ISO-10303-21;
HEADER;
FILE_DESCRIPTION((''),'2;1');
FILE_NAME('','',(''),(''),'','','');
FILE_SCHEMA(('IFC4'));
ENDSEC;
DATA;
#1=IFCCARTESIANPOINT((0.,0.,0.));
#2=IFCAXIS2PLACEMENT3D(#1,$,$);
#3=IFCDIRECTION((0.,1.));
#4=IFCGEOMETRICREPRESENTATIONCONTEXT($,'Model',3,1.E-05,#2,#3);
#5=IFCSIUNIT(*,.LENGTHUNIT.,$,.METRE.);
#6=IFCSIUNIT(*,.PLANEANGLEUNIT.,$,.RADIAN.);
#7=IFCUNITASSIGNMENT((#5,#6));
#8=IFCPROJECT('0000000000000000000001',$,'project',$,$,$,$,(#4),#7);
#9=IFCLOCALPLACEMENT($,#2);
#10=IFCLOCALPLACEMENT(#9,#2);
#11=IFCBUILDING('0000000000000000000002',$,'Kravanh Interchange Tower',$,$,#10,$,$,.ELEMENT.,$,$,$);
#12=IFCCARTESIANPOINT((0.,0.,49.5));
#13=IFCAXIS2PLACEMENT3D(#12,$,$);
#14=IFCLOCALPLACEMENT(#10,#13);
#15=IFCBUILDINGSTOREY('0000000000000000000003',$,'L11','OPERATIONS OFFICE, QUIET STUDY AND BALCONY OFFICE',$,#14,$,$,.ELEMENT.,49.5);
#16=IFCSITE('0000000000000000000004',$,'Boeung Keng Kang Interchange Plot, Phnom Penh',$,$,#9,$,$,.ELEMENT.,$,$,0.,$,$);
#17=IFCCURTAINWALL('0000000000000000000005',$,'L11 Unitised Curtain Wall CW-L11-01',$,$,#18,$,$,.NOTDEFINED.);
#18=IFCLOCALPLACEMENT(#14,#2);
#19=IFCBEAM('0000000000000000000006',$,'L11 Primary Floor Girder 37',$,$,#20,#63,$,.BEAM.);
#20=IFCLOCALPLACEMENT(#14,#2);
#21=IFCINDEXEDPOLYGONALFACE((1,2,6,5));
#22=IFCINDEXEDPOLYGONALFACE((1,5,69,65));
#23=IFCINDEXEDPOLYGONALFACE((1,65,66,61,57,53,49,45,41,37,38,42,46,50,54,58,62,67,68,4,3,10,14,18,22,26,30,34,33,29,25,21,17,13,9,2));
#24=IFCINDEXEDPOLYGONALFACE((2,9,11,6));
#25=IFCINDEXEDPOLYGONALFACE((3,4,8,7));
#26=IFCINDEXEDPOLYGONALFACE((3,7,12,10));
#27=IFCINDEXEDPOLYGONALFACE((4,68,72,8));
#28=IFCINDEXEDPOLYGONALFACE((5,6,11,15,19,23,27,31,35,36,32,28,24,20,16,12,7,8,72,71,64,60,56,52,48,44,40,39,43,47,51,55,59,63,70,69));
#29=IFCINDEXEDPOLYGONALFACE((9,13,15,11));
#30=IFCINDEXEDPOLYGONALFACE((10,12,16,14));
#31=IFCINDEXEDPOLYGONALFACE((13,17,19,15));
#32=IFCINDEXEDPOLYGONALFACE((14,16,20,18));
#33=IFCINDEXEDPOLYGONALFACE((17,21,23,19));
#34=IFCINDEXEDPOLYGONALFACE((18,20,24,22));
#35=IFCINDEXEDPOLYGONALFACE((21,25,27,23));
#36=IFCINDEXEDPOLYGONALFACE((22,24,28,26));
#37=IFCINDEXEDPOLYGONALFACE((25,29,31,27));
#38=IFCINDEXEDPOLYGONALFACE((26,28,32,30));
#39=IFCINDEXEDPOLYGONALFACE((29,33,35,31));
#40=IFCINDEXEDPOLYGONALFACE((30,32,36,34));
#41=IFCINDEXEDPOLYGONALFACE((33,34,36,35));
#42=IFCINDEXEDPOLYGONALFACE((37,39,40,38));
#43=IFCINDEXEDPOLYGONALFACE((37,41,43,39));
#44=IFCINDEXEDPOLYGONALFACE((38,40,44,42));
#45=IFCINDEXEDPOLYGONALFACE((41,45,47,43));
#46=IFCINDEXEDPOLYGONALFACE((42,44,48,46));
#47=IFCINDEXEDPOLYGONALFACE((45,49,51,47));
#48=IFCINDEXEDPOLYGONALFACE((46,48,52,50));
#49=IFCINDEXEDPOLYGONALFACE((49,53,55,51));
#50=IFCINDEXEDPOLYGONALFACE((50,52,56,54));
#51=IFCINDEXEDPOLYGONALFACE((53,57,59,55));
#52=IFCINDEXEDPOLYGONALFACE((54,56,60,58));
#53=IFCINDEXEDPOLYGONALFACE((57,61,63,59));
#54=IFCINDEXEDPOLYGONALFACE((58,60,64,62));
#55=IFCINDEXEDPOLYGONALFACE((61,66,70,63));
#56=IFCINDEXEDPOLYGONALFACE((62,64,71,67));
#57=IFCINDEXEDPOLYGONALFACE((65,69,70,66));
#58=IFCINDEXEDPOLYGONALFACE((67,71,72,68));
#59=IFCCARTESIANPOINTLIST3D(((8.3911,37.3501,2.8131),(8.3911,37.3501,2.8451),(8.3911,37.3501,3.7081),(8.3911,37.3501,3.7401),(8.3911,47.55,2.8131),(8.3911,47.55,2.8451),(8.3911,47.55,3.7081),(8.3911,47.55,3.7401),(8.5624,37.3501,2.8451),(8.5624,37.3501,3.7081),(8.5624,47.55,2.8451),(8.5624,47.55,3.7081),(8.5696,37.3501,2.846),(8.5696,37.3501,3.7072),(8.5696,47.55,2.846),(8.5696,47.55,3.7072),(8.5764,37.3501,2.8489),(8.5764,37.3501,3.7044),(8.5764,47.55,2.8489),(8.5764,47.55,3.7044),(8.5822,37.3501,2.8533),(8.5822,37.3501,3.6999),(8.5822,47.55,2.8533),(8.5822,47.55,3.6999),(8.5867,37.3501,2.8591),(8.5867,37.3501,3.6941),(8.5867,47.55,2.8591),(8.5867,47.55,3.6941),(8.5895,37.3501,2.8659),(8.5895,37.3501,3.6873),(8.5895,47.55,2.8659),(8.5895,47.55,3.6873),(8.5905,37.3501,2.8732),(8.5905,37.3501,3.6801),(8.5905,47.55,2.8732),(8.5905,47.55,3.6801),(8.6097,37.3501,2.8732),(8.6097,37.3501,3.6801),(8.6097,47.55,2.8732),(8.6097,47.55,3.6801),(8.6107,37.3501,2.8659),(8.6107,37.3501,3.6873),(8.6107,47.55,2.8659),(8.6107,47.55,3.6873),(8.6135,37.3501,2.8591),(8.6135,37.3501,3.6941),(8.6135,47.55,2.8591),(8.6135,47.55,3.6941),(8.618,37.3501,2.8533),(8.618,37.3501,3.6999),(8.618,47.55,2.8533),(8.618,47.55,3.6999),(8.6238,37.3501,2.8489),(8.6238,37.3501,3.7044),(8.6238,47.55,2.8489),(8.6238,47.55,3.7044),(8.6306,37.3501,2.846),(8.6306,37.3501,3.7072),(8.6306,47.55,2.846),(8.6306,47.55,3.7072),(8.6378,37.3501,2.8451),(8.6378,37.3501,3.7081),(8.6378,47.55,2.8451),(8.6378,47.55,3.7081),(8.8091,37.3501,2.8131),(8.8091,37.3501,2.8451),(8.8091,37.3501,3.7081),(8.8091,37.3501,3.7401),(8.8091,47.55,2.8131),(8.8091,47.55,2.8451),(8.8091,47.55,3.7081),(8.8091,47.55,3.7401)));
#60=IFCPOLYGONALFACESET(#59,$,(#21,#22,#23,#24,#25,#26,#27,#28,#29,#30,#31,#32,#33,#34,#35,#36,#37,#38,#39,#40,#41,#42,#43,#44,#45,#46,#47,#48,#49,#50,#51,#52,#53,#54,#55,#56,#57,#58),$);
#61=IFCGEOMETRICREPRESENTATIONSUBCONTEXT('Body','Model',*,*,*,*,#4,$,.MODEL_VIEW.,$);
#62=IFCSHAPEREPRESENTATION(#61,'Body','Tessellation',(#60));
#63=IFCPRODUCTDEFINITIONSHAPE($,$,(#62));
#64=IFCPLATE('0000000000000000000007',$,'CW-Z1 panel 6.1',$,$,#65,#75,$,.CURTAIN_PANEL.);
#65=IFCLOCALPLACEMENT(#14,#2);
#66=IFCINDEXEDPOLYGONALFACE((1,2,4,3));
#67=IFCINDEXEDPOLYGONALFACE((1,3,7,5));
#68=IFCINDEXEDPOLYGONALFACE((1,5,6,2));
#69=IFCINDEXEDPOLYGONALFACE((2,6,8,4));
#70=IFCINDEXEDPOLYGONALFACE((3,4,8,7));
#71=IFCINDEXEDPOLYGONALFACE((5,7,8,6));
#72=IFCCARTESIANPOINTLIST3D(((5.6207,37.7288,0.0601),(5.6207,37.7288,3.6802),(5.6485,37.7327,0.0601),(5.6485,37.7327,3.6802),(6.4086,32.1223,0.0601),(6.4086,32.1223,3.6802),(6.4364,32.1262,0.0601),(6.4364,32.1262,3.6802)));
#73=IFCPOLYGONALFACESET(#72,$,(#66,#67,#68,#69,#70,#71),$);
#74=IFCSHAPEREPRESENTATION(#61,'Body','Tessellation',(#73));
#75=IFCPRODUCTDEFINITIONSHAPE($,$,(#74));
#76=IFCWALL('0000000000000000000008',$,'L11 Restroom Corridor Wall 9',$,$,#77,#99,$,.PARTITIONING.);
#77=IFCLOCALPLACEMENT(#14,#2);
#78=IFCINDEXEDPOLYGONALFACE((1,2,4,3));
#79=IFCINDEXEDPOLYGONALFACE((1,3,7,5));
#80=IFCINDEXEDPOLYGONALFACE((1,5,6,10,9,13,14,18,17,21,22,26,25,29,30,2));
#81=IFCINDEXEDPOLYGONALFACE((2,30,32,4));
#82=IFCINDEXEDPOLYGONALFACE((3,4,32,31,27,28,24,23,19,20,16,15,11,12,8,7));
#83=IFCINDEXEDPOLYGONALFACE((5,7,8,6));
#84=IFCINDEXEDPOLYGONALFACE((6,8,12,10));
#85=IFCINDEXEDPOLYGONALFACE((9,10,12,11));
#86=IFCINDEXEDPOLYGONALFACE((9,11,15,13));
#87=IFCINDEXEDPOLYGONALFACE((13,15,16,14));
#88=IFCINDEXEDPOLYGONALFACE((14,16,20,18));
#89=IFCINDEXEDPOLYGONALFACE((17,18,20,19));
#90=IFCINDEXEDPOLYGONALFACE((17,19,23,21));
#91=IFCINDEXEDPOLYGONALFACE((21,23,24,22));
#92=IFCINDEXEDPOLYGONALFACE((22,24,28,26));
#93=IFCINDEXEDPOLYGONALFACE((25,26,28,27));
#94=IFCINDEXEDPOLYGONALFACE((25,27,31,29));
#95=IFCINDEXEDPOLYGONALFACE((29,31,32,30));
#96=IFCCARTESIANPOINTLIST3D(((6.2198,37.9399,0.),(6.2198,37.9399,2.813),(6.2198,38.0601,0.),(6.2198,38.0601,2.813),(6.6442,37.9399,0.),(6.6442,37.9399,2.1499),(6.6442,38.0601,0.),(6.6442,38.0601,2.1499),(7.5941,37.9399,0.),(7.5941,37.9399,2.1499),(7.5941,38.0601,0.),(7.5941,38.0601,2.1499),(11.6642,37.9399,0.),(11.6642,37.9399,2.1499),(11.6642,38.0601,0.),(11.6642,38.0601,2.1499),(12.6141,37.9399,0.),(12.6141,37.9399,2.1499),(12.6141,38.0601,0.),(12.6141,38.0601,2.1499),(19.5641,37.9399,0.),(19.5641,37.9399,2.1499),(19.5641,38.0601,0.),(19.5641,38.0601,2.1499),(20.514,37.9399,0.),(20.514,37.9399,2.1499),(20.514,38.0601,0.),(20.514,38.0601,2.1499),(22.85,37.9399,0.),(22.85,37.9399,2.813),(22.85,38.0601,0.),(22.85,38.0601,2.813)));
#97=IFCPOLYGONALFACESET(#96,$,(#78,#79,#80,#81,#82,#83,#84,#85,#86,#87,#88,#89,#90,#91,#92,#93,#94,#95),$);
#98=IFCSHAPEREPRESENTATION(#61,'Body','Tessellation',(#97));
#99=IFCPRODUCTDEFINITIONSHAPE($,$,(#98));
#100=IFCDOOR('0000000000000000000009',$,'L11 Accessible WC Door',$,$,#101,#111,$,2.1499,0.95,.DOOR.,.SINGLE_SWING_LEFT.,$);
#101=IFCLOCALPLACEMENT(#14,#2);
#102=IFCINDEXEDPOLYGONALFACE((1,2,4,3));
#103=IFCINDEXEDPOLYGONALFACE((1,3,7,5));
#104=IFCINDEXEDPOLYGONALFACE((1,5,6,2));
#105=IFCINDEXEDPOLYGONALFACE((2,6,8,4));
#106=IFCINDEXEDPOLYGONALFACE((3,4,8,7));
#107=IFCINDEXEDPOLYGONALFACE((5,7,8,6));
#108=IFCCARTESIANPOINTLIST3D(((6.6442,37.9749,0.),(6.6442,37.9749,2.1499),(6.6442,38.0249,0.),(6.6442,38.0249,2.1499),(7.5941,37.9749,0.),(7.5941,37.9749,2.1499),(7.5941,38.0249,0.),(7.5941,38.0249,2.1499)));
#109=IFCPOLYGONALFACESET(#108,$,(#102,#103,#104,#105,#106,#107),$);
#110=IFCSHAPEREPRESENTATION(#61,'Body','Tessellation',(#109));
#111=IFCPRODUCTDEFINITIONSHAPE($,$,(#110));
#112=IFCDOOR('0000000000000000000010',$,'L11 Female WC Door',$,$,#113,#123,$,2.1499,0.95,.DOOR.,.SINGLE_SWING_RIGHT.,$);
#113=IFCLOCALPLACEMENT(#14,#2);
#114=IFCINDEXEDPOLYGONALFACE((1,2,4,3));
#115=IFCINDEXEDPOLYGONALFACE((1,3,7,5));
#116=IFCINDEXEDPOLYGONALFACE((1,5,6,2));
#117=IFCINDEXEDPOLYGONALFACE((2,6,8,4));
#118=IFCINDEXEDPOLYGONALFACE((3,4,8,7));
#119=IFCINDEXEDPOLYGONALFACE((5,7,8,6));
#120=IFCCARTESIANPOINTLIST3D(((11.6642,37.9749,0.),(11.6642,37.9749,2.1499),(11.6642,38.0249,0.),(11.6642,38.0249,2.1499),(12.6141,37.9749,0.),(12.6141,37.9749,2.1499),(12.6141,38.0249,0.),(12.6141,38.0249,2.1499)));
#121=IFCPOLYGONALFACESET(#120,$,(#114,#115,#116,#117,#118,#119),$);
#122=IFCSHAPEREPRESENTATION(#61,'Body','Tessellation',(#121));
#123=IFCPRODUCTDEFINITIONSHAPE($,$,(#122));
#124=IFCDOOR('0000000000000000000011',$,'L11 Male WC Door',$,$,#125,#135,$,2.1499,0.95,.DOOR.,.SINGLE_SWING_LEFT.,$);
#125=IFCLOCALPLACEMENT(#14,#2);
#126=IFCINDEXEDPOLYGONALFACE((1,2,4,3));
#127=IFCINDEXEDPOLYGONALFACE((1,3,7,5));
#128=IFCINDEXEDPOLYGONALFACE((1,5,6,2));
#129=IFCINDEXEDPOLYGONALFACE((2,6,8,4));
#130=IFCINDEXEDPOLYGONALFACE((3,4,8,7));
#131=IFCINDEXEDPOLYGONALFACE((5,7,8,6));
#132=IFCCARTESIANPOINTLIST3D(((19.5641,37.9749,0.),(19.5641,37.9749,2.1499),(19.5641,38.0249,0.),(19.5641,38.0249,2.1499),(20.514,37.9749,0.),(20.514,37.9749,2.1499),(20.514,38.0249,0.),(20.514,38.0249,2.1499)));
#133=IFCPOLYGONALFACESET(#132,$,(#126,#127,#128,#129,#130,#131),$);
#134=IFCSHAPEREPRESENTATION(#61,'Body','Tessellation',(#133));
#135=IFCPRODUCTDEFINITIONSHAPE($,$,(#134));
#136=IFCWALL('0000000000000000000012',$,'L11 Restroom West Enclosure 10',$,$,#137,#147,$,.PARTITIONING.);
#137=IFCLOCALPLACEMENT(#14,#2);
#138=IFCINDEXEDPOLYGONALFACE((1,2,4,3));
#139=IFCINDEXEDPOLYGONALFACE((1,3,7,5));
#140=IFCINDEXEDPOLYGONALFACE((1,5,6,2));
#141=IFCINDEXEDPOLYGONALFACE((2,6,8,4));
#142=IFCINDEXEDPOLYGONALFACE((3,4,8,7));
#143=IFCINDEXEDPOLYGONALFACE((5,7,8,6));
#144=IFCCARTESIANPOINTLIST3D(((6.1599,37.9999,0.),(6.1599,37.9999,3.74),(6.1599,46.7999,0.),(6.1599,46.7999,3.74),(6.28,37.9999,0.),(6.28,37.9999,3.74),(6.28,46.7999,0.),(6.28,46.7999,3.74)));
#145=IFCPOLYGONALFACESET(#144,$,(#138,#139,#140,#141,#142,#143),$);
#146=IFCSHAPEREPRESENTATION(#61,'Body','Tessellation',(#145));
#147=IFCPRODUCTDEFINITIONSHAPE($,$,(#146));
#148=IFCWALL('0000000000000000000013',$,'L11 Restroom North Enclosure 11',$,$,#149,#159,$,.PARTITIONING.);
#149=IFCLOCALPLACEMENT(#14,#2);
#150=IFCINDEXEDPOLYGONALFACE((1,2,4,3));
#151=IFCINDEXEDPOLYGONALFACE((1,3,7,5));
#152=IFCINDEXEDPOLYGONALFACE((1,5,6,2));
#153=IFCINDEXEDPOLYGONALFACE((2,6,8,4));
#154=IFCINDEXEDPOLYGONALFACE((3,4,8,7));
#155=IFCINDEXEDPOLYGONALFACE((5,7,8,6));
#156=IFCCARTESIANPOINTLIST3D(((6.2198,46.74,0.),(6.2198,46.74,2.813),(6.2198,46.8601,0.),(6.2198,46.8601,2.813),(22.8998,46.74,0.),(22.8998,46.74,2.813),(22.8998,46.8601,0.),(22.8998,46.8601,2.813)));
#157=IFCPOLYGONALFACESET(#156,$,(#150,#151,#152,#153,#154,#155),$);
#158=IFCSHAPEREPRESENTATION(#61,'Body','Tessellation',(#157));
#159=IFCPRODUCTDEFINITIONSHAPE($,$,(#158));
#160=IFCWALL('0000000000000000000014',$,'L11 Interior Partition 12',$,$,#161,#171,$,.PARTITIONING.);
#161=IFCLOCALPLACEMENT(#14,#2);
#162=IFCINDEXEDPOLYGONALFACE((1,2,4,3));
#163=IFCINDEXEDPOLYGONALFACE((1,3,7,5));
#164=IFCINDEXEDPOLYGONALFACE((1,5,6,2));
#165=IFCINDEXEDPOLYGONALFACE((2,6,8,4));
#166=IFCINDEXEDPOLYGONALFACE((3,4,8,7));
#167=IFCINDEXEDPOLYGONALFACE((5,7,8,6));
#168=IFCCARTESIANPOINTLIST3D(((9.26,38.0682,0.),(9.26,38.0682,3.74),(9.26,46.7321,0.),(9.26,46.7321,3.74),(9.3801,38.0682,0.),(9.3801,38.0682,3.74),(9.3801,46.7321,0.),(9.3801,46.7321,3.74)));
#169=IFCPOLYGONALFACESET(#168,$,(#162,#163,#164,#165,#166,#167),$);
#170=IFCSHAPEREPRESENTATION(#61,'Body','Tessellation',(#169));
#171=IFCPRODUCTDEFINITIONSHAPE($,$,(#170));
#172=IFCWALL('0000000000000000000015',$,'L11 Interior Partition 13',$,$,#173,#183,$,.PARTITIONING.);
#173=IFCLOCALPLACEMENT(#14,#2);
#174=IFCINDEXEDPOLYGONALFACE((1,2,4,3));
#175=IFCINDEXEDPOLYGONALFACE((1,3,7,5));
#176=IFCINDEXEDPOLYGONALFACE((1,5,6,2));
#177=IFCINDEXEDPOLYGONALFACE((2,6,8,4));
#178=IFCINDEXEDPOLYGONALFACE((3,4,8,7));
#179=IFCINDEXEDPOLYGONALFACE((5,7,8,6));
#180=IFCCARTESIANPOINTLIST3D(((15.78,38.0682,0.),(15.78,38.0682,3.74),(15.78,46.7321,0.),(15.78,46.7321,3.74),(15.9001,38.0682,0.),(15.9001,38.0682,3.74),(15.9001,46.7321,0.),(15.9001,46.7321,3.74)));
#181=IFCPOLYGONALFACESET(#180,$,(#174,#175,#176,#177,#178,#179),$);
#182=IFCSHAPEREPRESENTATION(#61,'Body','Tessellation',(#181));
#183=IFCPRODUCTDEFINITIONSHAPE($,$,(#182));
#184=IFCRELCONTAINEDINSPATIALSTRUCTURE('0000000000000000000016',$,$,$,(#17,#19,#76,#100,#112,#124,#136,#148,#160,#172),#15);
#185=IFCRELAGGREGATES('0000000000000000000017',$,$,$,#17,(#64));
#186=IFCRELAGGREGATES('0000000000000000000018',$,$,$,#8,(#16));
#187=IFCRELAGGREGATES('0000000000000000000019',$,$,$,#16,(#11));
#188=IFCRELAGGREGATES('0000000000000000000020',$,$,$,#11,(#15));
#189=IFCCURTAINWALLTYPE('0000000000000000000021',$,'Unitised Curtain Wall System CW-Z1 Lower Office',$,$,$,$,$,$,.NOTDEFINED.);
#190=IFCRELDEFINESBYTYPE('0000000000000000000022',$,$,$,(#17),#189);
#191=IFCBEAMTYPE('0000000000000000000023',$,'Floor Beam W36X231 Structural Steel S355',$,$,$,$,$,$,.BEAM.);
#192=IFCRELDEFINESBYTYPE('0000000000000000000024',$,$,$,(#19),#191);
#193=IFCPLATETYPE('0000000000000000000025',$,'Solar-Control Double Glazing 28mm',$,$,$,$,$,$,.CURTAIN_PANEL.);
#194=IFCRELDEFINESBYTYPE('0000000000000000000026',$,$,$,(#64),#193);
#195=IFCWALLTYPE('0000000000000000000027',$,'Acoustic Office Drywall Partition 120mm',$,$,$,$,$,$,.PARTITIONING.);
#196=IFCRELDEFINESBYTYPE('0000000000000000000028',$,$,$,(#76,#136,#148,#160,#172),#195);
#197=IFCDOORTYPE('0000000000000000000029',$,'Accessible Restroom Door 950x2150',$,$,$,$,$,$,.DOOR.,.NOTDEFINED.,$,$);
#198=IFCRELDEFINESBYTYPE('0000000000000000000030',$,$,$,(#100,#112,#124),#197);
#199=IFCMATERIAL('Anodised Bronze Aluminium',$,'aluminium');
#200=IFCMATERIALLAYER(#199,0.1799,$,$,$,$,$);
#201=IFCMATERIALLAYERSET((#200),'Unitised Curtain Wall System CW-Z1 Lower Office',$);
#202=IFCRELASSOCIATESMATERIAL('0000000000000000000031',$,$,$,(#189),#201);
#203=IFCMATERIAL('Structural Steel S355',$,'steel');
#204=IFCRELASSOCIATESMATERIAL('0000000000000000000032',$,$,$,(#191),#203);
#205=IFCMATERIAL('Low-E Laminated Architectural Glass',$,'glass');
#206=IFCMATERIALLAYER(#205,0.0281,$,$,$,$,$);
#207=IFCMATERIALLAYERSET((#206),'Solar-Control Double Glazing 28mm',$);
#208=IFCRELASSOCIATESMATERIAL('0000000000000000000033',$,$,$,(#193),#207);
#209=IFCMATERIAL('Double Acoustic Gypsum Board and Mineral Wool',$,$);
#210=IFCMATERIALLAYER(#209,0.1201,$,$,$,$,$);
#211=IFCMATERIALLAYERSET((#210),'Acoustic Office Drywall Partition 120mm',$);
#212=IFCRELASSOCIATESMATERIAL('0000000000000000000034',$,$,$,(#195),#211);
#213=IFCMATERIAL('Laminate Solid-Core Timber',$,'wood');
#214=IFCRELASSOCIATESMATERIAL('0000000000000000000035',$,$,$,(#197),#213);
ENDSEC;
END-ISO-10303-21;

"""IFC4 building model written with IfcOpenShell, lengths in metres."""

from ifc_helpers import new_model, si_unit, direction, frame, frame_2d, origin, origin_2d, place, context, subcontext, project, spatial, rectangle, i_section, extrude, material, layer, layer_set, material_profile, profile_set, type_object, element, fill, aggregate, save


model = new_model("IFC4")

# Units and contexts
model_context = context("Model", 3, precision=1e-05, world=origin(), true_north=direction((0.0, 1.0)))
body_context = subcontext(model_context, "Body", "Model", "MODEL_VIEW")
ifc_project = project(units=[si_unit("LENGTHUNIT", "METRE"), si_unit("PLANEANGLEUNIT", "RADIAN")], contexts=[model_context])

# Site, building, storey
site_placement = place(None, origin())
site = spatial("IfcSite", under=ifc_project, at=site_placement, Name="Boeung Keng Kang Interchange Plot, Phnom Penh", CompositionType="ELEMENT", RefElevation=0.0)
building_placement = place(site_placement, origin())
building = spatial("IfcBuilding", under=site, at=building_placement, Name="Kravanh Interchange Tower", CompositionType="ELEMENT")
storey_placement = place(building_placement, frame((0.0, 0.0, 49.5)))
storey = spatial("IfcBuildingStorey", under=building, at=storey_placement, Name="L11", Description="OPERATIONS OFFICE, QUIET STUDY AND BALCONY OFFICE", CompositionType="ELEMENT", Elevation=49.5)

# Curtain wall
ifc_material_1 = material(Name="Anodised Bronze Aluminium", Category="aluminium")
ifc_layer_1 = layer(ifc_material_1, 0.1799)
ifc_layer_set_1 = layer_set([ifc_layer_1], Name="Unitised Curtain Wall System CW-Z1 Lower Office")
curtain_wall_type = type_object("IfcCurtainWallType", Name="Unitised Curtain Wall System CW-Z1 Lower Office", PredefinedType="NOTDEFINED", material=ifc_layer_set_1)
curtain_wall_placement = place(storey_placement, origin())
curtain_wall = element("IfcCurtainWall", 1, at=curtain_wall_placement, inside=storey, type_object=curtain_wall_type, Name="L11 Unitised Curtain Wall CW-L11-01", PredefinedType="NOTDEFINED")

# Beam
ifc_material_2 = material(Name="Structural Steel S355", Category="steel")
ifc_material_profile_1 = material_profile(ifc_material_2, i_section(OverallWidth=0.418, OverallDepth=0.927, WebThickness=0.0193, FlangeThickness=0.032, FilletRadius=0.0281, at=origin_2d()), Name="W36X231")
ifc_profile_set_1 = profile_set([ifc_material_profile_1], Name="Structural Steel S355")
beam_type = type_object("IfcBeamType", Name="Floor Beam W36X231 Structural Steel S355", PredefinedType="BEAM", material=ifc_profile_set_1)
beam_1_placement = place(storey_placement, frame((8.6001, 37.3501, 3.2766), z_axis=(0.0, 1.0, 0.0), x_axis=(-1.0, 0.0, 0.0)))
element("IfcBeam", 2, at=beam_1_placement, inside=storey, type_object=beam_type, Name="L11 Primary Floor Girder 37", PredefinedType="BEAM", context=body_context, shape_type="SweptSolid", body=[
    extrude(i_section(OverallWidth=0.418, OverallDepth=0.927, WebThickness=0.0193, FlangeThickness=0.032, FilletRadius=0.0281, at=origin_2d()), origin(), (0.0, 0.0, 1.0), 10.2),
])

# Plate
ifc_material_3 = material(Name="Low-E Laminated Architectural Glass", Category="glass")
ifc_layer_2 = layer(ifc_material_3, 0.0281)
ifc_layer_set_2 = layer_set([ifc_layer_2], Name="Solar-Control Double Glazing 28mm")
plate_type = type_object("IfcPlateType", Name="Solar-Control Double Glazing 28mm", PredefinedType="CURTAIN_PANEL", material=ifc_layer_set_2)
plate_placement = place(storey_placement, frame((6.0286, 34.9275, 0.0601), z_axis=(0.0, 0.0, 1.0), x_axis=(-0.139177, 0.990268, 0.0)))
plate = element("IfcPlate", 3, at=plate_placement, type_object=plate_type, Name="CW-Z1 panel 6.1", PredefinedType="CURTAIN_PANEL", context=body_context, shape_type="SweptSolid", body=[
    extrude(rectangle(XDim=5.6616, YDim=0.0281, at=origin_2d()), origin(), (0.0, 0.0, 1.0), 3.6201),
])
aggregate(curtain_wall, [plate])

# Wall, openings, doors
ifc_material_4 = material(Name="Double Acoustic Gypsum Board and Mineral Wool")
ifc_layer_3 = layer(ifc_material_4, 0.1201)
ifc_layer_set_3 = layer_set([ifc_layer_3], Name="Acoustic Office Drywall Partition 120mm")
wall_type_1 = type_object("IfcWallType", Name="Acoustic Office Drywall Partition 120mm", PredefinedType="PARTITIONING", material=ifc_layer_set_3)
wall_1_placement = place(storey_placement, frame((6.22, 38.0, 0.0), z_axis=(0.0, 0.0, 1.0), x_axis=(1.0, 0.0, 0.0)))
wall_1 = element("IfcWall", 4, at=wall_1_placement, inside=storey, type_object=wall_type_1, Name="L11 Restroom Corridor Wall 9", PredefinedType="PARTITIONING", context=body_context, shape_type="SweptSolid", body=[
    extrude(rectangle(XDim=16.6301, YDim=0.1201, at=frame_2d((8.3149, 0.0))), origin(), (0.0, 0.0, 1.0), 2.813),
])
opening_1_placement = place(wall_1_placement, frame((0.4241, 0.0, 0.0)))
opening_1 = element("IfcOpeningElement", 5, at=opening_1_placement, cuts=wall_1, PredefinedType="OPENING", context=body_context, shape_type="SweptSolid", body=[
    extrude(rectangle(XDim=0.95, YDim=2.1499, at=frame_2d((0.4751, 1.075))), frame((0.0, 0.0701, 0.0), z_axis=(0.0, -1.0, 0.0), x_axis=(1.0, 0.0, 0.0)), (0.0, 0.0, 1.0), 0.1401),
])
opening_2_placement = place(wall_1_placement, frame((5.4441, 0.0, 0.0)))
opening_2 = element("IfcOpeningElement", 6, at=opening_2_placement, cuts=wall_1, PredefinedType="OPENING", context=body_context, shape_type="SweptSolid", body=[
    extrude(rectangle(XDim=0.95, YDim=2.1499, at=frame_2d((0.4751, 1.075))), frame((0.0, 0.0701, 0.0), z_axis=(0.0, -1.0, 0.0), x_axis=(1.0, 0.0, 0.0)), (0.0, 0.0, 1.0), 0.1401),
])
opening_3_placement = place(wall_1_placement, frame((13.344, 0.0, 0.0)))
opening_3 = element("IfcOpeningElement", 7, at=opening_3_placement, cuts=wall_1, PredefinedType="OPENING", context=body_context, shape_type="SweptSolid", body=[
    extrude(rectangle(XDim=0.95, YDim=2.1499, at=frame_2d((0.4751, 1.075))), frame((0.0, 0.0701, 0.0), z_axis=(0.0, -1.0, 0.0), x_axis=(1.0, 0.0, 0.0)), (0.0, 0.0, 1.0), 0.1401),
])
ifc_material_5 = material(Name="Laminate Solid-Core Timber", Category="wood")
door_type = type_object("IfcDoorType", Name="Accessible Restroom Door 950x2150", OperationType="NOTDEFINED", PredefinedType="DOOR", material=ifc_material_5)
door_1_placement = place(opening_1_placement, origin())
door_1 = element("IfcDoor", 8, at=door_1_placement, inside=storey, type_object=door_type, Name="L11 Accessible WC Door", OperationType="SINGLE_SWING_LEFT", OverallHeight=2.1499, OverallWidth=0.95, PredefinedType="DOOR", context=body_context, shape_type="SweptSolid", body=[
    extrude(rectangle(XDim=0.95, YDim=2.1499, at=frame_2d((0.4751, 1.075))), frame((0.0, 0.0249, 0.0), z_axis=(0.0, -1.0, 0.0), x_axis=(1.0, 0.0, 0.0)), (0.0, 0.0, 1.0), 0.05),
])
fill(opening_1, door_1)
door_2_placement = place(opening_2_placement, origin())
door_2 = element("IfcDoor", 9, at=door_2_placement, inside=storey, type_object=door_type, Name="L11 Female WC Door", OperationType="SINGLE_SWING_RIGHT", OverallHeight=2.1499, OverallWidth=0.95, PredefinedType="DOOR", context=body_context, shape_type="SweptSolid", body=[
    extrude(rectangle(XDim=0.95, YDim=2.1499, at=frame_2d((0.4751, 1.075))), frame((0.0, 0.0249, 0.0), z_axis=(0.0, -1.0, 0.0), x_axis=(1.0, 0.0, 0.0)), (0.0, 0.0, 1.0), 0.05),
])
fill(opening_2, door_2)
door_3_placement = place(opening_3_placement, origin())
door_3 = element("IfcDoor", 10, at=door_3_placement, inside=storey, type_object=door_type, Name="L11 Male WC Door", OperationType="SINGLE_SWING_LEFT", OverallHeight=2.1499, OverallWidth=0.95, PredefinedType="DOOR", context=body_context, shape_type="SweptSolid", body=[
    extrude(rectangle(XDim=0.95, YDim=2.1499, at=frame_2d((0.4751, 1.075))), frame((0.0, 0.0249, 0.0), z_axis=(0.0, -1.0, 0.0), x_axis=(1.0, 0.0, 0.0)), (0.0, 0.0, 1.0), 0.05),
])
fill(opening_3, door_3)

# Walls
wall_2_placement = place(storey_placement, frame((6.22, 38.0, 0.0), z_axis=(0.0, 0.0, 1.0), x_axis=(0.0, 1.0, 0.0)))
element("IfcWall", 11, at=wall_2_placement, inside=storey, type_object=wall_type_1, Name="L11 Restroom West Enclosure 10", PredefinedType="PARTITIONING", context=body_context, shape_type="SweptSolid", body=[
    extrude(rectangle(XDim=8.8, YDim=0.1201, at=frame_2d((4.3999, 0.0))), origin(), (0.0, 0.0, 1.0), 3.74),
])
wall_3_placement = place(storey_placement, frame((6.22, 46.8, 0.0), z_axis=(0.0, 0.0, 1.0), x_axis=(1.0, 0.0, 0.0)))
element("IfcWall", 12, at=wall_3_placement, inside=storey, type_object=wall_type_1, Name="L11 Restroom North Enclosure 11", PredefinedType="PARTITIONING", context=body_context, shape_type="SweptSolid", body=[
    extrude(rectangle(XDim=16.6799, YDim=0.1201, at=frame_2d((8.3398, 0.0))), origin(), (0.0, 0.0, 1.0), 2.813),
])
for number, where, z_axis, x_axis, name in (
    (13, (9.3201, 38.0681, 0.0), (0.0, 0.0, 1.0), (0.0, 1.0, 0.0), "L11 Interior Partition 12"),
    (14, (15.8401, 38.0681, 0.0), (0.0, 0.0, 1.0), (0.0, 1.0, 0.0), "L11 Interior Partition 13"),
):
    element("IfcWall", number, at=place(storey_placement, frame(where, z_axis=z_axis, x_axis=x_axis)), inside=storey, type_object=wall_type_1, Name=name, PredefinedType="PARTITIONING", context=body_context, shape_type="SweptSolid", body=[
        extrude(rectangle(XDim=8.6638, YDim=0.1201, at=frame_2d((4.332, 0.0))), origin(), (0.0, 0.0, 1.0), 3.74),
    ])

save(model, "model.ifc")
